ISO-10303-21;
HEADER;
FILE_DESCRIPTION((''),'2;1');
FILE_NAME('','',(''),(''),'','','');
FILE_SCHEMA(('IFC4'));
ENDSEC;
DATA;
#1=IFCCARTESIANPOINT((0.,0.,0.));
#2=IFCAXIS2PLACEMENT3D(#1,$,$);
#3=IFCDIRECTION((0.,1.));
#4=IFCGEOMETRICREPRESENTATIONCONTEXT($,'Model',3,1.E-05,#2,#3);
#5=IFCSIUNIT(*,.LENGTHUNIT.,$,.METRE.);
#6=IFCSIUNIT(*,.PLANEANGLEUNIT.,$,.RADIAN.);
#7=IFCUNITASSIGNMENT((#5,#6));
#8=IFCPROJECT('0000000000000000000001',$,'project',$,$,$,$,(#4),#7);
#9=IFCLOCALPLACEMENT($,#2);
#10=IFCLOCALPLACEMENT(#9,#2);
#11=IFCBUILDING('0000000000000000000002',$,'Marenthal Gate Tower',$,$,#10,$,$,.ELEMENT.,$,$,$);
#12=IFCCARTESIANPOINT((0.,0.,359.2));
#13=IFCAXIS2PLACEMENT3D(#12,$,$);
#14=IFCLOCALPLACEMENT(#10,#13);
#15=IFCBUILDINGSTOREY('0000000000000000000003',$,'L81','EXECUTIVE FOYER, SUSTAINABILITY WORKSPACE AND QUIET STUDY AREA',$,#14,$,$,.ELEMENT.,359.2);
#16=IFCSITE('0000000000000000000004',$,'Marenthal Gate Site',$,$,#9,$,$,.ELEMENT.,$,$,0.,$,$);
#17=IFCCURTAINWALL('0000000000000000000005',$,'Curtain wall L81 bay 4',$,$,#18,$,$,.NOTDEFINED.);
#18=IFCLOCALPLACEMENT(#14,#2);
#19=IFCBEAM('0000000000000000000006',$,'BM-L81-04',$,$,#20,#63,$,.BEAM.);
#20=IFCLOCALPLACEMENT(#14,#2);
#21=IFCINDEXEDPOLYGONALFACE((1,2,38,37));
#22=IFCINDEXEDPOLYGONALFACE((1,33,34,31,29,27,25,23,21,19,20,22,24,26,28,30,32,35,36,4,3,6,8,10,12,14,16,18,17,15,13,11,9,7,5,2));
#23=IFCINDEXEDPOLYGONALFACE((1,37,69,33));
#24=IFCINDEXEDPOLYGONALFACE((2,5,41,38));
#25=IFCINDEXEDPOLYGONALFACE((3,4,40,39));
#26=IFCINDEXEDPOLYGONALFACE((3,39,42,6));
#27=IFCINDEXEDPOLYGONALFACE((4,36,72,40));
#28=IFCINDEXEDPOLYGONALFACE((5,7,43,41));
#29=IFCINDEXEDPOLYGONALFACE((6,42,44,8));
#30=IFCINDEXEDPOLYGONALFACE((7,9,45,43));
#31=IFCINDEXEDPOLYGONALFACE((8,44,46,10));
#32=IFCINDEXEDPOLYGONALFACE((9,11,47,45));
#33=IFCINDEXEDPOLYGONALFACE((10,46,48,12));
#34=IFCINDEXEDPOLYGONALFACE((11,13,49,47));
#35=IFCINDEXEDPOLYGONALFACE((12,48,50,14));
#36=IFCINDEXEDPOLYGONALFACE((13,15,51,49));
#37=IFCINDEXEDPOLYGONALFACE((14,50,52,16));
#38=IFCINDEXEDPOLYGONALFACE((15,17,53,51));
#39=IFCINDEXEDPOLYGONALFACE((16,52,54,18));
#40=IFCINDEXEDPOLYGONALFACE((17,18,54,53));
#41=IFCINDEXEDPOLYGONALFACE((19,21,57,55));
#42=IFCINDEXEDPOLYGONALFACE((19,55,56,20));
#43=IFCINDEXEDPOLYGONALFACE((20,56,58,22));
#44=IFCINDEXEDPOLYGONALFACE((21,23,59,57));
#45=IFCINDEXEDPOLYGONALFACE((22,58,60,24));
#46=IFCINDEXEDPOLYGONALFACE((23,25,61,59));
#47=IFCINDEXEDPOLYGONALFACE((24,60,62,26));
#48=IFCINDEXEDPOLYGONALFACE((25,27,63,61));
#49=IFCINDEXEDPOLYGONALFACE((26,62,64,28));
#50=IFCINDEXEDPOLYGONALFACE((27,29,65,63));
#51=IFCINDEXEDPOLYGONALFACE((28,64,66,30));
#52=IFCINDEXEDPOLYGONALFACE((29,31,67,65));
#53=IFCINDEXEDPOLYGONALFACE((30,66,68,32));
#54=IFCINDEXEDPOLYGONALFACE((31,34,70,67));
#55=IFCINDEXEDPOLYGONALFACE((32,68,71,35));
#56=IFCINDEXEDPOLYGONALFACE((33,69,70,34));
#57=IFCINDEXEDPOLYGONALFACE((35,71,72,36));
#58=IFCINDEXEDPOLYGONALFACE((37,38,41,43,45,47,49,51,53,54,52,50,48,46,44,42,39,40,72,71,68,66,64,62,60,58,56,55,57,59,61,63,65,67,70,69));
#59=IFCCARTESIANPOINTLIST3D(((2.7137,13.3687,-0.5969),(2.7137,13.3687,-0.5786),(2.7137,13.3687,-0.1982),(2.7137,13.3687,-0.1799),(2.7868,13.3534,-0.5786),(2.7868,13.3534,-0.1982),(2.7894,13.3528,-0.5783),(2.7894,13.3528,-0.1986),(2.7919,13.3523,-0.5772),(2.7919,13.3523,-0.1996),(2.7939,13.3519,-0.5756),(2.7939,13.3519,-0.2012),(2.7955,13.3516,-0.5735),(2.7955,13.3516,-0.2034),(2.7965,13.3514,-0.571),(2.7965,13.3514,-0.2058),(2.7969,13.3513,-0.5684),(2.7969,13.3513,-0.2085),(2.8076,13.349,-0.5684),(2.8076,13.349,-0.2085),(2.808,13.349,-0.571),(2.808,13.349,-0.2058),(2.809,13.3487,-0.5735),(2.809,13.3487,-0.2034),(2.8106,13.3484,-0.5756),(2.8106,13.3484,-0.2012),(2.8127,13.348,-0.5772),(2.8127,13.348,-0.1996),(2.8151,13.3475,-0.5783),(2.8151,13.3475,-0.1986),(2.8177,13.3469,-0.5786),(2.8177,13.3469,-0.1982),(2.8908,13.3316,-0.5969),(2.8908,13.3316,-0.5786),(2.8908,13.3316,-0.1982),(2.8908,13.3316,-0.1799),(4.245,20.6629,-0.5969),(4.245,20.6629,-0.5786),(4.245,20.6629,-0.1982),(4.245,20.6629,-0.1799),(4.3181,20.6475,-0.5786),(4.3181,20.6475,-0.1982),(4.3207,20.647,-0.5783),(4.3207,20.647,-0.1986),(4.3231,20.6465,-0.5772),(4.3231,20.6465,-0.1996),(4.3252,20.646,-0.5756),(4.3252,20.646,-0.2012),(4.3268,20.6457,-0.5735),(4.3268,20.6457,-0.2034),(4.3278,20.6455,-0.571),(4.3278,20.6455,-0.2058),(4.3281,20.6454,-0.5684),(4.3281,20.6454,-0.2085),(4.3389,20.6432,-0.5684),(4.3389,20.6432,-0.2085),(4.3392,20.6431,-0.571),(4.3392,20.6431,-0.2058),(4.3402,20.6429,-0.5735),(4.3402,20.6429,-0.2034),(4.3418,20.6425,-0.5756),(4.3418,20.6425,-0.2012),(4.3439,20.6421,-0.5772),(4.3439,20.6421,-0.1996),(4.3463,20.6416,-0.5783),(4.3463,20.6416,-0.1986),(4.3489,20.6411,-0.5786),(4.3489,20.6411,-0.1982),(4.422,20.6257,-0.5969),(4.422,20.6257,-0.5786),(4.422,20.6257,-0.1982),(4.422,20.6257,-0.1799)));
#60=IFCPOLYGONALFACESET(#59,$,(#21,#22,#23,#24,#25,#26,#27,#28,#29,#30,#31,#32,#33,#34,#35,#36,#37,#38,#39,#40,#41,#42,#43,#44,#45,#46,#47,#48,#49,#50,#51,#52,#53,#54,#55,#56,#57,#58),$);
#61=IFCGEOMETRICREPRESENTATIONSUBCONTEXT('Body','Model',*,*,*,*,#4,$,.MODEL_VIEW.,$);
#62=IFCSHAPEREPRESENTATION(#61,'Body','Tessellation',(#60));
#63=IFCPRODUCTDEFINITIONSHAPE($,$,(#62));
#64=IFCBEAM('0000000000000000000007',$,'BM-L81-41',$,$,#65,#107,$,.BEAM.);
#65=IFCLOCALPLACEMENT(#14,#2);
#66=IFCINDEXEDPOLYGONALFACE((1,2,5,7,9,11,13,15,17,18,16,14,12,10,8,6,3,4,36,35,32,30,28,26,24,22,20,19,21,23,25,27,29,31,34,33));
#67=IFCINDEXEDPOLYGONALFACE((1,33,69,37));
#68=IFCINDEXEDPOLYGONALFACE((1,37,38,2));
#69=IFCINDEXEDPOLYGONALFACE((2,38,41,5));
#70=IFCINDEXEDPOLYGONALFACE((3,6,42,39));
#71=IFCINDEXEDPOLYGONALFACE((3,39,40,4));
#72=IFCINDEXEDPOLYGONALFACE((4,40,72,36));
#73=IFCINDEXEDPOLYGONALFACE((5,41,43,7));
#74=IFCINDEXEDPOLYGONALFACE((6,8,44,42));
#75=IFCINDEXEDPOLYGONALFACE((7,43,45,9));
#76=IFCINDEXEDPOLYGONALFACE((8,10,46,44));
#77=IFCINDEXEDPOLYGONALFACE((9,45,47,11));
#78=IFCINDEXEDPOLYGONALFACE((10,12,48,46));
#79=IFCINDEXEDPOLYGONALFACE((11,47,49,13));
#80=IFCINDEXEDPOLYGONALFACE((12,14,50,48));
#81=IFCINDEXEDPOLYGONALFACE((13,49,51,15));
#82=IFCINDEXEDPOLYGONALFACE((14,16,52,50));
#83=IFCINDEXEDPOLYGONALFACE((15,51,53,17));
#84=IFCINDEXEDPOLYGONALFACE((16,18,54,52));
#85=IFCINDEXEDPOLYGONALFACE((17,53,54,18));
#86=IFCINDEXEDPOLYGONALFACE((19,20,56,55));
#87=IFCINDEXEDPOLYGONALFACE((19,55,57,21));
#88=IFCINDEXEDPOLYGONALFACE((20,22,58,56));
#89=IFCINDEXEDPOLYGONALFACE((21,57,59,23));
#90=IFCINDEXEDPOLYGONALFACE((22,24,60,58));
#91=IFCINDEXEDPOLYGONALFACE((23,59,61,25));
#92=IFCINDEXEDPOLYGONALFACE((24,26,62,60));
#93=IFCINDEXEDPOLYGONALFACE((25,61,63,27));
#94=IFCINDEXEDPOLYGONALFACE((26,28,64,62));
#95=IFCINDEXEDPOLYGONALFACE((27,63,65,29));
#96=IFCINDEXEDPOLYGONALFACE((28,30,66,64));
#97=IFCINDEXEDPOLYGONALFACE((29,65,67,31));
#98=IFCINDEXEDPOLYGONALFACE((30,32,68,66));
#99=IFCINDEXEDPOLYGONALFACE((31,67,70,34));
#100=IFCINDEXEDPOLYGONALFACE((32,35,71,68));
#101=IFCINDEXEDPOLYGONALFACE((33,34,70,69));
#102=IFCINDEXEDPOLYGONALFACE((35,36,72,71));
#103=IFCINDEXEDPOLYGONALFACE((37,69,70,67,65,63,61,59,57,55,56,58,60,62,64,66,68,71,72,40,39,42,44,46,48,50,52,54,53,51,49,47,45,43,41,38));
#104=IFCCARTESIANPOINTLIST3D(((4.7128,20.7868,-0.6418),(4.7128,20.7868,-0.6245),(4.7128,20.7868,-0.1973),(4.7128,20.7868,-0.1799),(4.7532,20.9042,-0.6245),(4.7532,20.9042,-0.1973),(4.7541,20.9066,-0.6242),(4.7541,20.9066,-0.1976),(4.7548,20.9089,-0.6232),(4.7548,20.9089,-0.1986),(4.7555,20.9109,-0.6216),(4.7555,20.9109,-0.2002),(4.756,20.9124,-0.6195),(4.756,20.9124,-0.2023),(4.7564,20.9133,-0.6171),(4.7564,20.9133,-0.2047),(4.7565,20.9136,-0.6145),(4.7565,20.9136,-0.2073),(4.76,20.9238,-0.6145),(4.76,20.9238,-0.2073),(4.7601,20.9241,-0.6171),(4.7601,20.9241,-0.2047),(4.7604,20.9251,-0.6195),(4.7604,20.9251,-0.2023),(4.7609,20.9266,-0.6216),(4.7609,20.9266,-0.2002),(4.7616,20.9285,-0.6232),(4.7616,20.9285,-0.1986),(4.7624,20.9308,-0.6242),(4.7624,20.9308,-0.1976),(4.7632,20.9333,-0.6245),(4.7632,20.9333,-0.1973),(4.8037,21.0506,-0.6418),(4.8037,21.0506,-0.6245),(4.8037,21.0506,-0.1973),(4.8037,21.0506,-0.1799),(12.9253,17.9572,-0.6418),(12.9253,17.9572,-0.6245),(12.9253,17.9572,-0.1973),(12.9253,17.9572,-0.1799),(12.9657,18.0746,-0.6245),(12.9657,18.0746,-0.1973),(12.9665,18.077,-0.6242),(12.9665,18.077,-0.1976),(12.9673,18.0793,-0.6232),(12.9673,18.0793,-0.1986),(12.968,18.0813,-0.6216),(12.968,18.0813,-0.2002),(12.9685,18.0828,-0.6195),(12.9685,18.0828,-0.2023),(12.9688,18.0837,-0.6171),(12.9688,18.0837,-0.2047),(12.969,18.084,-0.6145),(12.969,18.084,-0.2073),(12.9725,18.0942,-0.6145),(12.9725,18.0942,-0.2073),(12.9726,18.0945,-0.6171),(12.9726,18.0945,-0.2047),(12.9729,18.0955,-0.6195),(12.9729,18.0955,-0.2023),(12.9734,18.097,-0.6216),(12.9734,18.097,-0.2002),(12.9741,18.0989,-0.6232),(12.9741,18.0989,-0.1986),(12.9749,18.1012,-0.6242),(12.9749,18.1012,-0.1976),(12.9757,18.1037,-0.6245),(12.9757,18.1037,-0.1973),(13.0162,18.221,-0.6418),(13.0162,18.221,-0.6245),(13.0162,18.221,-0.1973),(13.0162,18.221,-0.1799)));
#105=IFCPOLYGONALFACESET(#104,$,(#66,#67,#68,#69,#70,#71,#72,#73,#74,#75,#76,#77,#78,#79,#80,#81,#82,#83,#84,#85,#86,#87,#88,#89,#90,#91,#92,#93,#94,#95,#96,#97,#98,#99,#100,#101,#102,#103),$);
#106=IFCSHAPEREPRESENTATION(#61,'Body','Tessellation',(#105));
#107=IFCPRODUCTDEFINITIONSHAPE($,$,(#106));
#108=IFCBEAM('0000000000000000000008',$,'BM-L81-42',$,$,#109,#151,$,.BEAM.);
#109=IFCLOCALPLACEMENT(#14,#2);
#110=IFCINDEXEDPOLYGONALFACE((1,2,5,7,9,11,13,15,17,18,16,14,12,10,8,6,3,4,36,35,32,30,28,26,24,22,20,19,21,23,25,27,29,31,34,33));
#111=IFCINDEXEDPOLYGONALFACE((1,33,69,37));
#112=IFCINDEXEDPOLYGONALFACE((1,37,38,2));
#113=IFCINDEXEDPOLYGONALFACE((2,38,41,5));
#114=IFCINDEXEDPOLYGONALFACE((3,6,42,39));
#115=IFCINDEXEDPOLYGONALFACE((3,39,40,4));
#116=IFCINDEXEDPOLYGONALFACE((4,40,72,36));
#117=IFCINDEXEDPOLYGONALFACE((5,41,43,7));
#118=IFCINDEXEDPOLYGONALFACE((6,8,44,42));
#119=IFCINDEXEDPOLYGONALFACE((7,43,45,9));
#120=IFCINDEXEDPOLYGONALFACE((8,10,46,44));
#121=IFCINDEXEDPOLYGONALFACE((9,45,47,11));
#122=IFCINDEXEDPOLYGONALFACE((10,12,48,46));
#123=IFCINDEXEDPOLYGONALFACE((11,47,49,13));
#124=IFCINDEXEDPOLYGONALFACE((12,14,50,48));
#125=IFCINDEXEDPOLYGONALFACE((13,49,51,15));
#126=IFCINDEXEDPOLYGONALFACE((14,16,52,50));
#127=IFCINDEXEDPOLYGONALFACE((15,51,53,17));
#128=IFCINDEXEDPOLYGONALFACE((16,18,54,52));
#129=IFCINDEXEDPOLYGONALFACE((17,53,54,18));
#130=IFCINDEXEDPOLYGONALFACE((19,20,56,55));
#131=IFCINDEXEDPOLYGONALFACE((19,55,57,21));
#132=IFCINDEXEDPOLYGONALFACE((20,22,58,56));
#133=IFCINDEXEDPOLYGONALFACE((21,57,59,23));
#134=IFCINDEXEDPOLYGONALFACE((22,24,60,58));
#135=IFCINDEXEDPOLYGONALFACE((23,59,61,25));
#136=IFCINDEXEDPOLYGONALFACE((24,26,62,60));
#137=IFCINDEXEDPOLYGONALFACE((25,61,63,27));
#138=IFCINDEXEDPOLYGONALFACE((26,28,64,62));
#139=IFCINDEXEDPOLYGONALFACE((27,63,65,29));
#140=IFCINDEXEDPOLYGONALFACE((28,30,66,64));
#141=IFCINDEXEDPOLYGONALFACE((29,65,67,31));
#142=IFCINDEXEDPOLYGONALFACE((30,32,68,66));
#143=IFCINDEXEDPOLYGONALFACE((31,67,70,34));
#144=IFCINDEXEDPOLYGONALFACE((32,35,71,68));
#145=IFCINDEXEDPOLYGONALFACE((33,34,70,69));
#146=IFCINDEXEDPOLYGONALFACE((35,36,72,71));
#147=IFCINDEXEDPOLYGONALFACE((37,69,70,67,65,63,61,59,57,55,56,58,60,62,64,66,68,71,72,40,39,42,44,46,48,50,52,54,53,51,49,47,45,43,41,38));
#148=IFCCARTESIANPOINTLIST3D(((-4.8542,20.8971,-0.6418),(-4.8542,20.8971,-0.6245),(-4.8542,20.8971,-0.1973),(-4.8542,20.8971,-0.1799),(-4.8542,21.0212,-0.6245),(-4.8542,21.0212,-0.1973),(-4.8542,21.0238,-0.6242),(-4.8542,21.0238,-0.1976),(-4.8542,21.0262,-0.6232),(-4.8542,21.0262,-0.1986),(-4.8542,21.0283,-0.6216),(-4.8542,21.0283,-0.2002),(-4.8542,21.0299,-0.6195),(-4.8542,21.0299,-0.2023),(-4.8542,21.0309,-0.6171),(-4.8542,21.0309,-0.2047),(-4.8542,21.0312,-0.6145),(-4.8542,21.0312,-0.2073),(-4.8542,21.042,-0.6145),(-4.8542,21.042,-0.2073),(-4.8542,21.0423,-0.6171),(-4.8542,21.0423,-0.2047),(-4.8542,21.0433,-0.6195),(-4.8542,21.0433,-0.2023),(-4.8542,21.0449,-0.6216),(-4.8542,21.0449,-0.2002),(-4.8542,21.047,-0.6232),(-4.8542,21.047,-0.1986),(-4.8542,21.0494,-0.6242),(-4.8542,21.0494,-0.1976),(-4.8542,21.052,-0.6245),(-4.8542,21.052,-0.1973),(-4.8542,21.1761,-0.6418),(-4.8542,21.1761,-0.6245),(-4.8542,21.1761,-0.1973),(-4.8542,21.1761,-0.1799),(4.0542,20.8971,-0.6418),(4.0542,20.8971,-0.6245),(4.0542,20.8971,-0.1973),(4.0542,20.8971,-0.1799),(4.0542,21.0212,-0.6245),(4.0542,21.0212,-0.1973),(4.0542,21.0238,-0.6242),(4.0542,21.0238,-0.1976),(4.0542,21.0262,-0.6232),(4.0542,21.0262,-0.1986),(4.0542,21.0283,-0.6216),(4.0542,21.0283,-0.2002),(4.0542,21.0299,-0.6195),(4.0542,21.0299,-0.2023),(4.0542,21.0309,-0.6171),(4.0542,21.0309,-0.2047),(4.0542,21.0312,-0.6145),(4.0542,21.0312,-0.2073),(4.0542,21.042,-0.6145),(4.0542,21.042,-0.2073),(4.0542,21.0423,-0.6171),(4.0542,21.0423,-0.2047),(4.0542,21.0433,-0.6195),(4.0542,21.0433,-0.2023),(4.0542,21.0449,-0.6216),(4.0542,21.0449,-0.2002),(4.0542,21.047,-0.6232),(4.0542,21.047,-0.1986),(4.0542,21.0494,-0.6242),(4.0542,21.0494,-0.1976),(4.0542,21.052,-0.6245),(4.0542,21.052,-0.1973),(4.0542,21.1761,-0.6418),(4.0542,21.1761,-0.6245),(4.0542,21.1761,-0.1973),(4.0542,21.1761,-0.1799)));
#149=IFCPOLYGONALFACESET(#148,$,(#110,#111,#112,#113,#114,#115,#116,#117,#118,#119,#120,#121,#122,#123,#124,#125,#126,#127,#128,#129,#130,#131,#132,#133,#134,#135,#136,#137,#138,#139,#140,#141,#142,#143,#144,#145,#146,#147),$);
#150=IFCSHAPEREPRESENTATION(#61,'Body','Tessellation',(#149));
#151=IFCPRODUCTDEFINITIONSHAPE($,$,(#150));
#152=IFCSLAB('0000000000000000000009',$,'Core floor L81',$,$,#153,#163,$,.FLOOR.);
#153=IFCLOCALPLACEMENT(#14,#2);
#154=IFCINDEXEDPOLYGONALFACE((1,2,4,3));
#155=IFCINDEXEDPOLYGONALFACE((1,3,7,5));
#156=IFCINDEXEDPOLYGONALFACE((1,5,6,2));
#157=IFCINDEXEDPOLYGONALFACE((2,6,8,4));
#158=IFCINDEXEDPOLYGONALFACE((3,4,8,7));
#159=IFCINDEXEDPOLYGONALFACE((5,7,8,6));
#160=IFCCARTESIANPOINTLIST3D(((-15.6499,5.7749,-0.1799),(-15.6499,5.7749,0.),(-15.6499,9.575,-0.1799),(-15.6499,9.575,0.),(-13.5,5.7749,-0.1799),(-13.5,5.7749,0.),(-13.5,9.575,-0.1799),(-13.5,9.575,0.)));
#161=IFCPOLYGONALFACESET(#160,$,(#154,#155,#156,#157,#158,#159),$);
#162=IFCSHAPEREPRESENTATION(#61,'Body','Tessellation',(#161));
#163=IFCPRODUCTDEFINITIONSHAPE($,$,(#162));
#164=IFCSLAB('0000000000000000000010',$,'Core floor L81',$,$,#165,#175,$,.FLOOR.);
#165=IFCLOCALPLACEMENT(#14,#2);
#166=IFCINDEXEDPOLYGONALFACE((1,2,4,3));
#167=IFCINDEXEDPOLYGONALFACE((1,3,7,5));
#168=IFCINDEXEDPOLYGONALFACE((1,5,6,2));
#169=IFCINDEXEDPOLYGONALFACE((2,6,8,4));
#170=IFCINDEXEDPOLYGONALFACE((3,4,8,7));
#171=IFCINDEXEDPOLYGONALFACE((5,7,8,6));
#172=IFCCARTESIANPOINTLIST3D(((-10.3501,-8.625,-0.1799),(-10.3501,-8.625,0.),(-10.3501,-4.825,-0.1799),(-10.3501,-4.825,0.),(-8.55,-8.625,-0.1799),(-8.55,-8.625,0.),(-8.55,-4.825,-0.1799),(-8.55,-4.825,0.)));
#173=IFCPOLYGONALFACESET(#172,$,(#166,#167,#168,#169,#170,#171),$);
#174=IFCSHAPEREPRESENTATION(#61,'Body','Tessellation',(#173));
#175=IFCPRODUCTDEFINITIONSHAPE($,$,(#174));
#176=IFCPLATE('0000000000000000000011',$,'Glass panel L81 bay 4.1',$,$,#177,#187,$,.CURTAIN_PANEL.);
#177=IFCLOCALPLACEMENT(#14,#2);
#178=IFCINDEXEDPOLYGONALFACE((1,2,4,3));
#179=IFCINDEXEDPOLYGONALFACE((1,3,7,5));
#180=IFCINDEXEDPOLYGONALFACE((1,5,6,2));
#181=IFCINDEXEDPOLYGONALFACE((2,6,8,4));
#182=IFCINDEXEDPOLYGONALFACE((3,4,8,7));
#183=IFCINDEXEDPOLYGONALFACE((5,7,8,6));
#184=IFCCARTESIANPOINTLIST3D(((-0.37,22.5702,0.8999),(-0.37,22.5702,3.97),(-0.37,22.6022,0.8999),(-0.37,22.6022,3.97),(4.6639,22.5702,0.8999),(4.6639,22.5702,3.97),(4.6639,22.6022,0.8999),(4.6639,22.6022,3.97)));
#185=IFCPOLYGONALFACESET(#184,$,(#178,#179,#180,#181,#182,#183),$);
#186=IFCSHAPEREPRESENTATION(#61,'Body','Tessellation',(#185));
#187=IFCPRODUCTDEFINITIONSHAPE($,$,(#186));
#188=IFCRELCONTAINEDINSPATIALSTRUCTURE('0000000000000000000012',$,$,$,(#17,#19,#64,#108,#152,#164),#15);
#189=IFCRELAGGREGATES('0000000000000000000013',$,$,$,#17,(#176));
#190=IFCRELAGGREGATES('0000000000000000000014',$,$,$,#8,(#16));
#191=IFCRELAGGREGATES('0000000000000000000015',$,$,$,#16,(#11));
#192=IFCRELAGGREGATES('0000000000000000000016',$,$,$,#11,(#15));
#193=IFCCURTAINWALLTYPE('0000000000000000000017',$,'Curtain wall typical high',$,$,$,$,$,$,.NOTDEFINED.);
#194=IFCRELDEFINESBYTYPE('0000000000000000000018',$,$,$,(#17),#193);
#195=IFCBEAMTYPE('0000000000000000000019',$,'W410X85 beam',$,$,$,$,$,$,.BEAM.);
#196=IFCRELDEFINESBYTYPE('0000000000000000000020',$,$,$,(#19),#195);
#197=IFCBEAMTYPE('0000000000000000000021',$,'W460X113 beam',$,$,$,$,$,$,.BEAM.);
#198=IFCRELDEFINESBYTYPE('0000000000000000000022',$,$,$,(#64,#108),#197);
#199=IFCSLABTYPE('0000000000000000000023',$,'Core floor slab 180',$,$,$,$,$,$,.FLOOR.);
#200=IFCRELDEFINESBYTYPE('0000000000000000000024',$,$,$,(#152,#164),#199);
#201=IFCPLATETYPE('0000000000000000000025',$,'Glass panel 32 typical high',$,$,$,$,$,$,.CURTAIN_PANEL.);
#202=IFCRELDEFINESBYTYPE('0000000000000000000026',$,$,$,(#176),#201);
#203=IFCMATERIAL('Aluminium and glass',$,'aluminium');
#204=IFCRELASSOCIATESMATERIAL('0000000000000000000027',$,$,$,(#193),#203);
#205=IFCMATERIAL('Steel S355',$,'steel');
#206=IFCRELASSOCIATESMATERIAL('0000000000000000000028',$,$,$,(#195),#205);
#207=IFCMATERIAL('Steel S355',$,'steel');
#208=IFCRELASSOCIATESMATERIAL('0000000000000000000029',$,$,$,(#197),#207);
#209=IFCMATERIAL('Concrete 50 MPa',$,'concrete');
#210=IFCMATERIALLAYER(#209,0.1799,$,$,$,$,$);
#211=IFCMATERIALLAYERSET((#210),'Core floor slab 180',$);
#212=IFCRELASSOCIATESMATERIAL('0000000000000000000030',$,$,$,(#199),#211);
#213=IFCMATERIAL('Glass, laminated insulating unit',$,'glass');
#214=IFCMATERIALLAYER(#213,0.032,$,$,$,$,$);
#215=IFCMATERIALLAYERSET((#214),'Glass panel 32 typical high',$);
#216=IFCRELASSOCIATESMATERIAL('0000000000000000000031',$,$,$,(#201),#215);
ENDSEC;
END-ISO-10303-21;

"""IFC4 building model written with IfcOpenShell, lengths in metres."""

from ifc_helpers import new_model, si_unit, direction, frame, origin, origin_2d, place, context, subcontext, project, spatial, polyline, rectangle, i_section, outline, extrude, material, layer, layer_set, material_profile, profile_set, type_object, element, aggregate, save


model = new_model("IFC4")

# Units and contexts
model_context = context("Model", 3, precision=1e-05, world=origin(), true_north=direction((0.0, 1.0)))
body_context = subcontext(model_context, "Body", "Model", "MODEL_VIEW")
ifc_project = project(units=[si_unit("LENGTHUNIT", "METRE"), si_unit("PLANEANGLEUNIT", "RADIAN")], contexts=[model_context])

# Site, building, storey
site_placement = place(None, origin())
site = spatial("IfcSite", under=ifc_project, at=site_placement, Name="Marenthal Gate Site", CompositionType="ELEMENT", RefElevation=0.0)
building_placement = place(site_placement, origin())
building = spatial("IfcBuilding", under=site, at=building_placement, Name="Marenthal Gate Tower", CompositionType="ELEMENT")
storey_placement = place(building_placement, frame((0.0, 0.0, 359.2)))
storey = spatial("IfcBuildingStorey", under=building, at=storey_placement, Name="L81", Description="EXECUTIVE FOYER, SUSTAINABILITY WORKSPACE AND QUIET STUDY AREA", CompositionType="ELEMENT", Elevation=359.2)

# Curtain wall
ifc_material_1 = material(Name="Aluminium and glass", Category="aluminium")
curtain_wall_type = type_object("IfcCurtainWallType", Name="Curtain wall typical high", PredefinedType="NOTDEFINED", material=ifc_material_1)
curtain_wall_placement = place(storey_placement, origin())
curtain_wall = element("IfcCurtainWall", 1, at=curtain_wall_placement, inside=storey, type_object=curtain_wall_type, Name="Curtain wall L81 bay 4", PredefinedType="NOTDEFINED")

# Beams
ifc_material_2 = material(Name="Steel S355", Category="steel")
ifc_material_profile_1 = material_profile(ifc_material_2, i_section(OverallWidth=0.1809, OverallDepth=0.417, WebThickness=0.011, FlangeThickness=0.0183, FilletRadius=0.0103, at=origin_2d()), Name="W410X85")
ifc_profile_set_1 = profile_set([ifc_material_profile_1], Name="Steel S355")
beam_type_1 = type_object("IfcBeamType", Name="W410X85 beam", PredefinedType="BEAM", material=ifc_profile_set_1)
beam_1_placement = place(storey_placement, frame((4.3335, 20.6443, -0.3884), z_axis=(-0.205449, -0.978668, 0.0), x_axis=(0.978668, -0.205449, 0.0)))
element("IfcBeam", 2, at=beam_1_placement, inside=storey, type_object=beam_type_1, Name="BM-L81-04", PredefinedType="BEAM", context=body_context, shape_type="SweptSolid", body=[
    extrude(i_section(OverallWidth=0.1809, OverallDepth=0.417, WebThickness=0.011, FlangeThickness=0.0183, FilletRadius=0.0103, at=origin_2d()), origin(), (0.0, 0.0, 1.0), 7.4531),
])
ifc_material_3 = material(Name="Steel S355", Category="steel")
ifc_material_profile_2 = material_profile(ifc_material_3, i_section(OverallWidth=0.2791, OverallDepth=0.4619, WebThickness=0.0107, FlangeThickness=0.0173, FilletRadius=0.01, at=origin_2d()), Name="W460X113")
ifc_profile_set_2 = profile_set([ifc_material_profile_2], Name="Steel S355")
beam_type_2 = type_object("IfcBeamType", Name="W460X113 beam", PredefinedType="BEAM", material=ifc_profile_set_2)
beam_2_placement = place(storey_placement, frame((12.9707, 18.0891, -0.4109), z_axis=(-0.945454, 0.325757, 0.0), x_axis=(-0.325757, -0.945454, 0.0)))
element("IfcBeam", 3, at=beam_2_placement, inside=storey, type_object=beam_type_2, Name="BM-L81-41", PredefinedType="BEAM", context=body_context, shape_type="SweptSolid", body=[
    extrude(i_section(OverallWidth=0.2791, OverallDepth=0.4619, WebThickness=0.0107, FlangeThickness=0.0173, FilletRadius=0.01, at=origin_2d()), origin(), (0.0, 0.0, 1.0), 8.6863),
])
beam_3_placement = place(storey_placement, frame((4.0542, 21.0366, -0.4109), z_axis=(-1.0, 0.0, 0.0), x_axis=(0.0, -1.0, 0.0)))
element("IfcBeam", 4, at=beam_3_placement, inside=storey, type_object=beam_type_2, Name="BM-L81-42", PredefinedType="BEAM", context=body_context, shape_type="SweptSolid", body=[
    extrude(i_section(OverallWidth=0.2791, OverallDepth=0.4619, WebThickness=0.0107, FlangeThickness=0.0173, FilletRadius=0.01, at=origin_2d()), origin(), (0.0, 0.0, 1.0), 8.9084),
])

# Slabs
ifc_material_4 = material(Name="Concrete 50 MPa", Category="concrete")
ifc_layer_1 = layer(ifc_material_4, 0.1799)
ifc_layer_set_1 = layer_set([ifc_layer_1], Name="Core floor slab 180")
slab_type_1 = type_object("IfcSlabType", Name="Core floor slab 180", PredefinedType="FLOOR", material=ifc_layer_set_1)
slab_1_placement = place(storey_placement, frame((0.0, 0.0, -0.1799)))
element("IfcSlab", 5, at=slab_1_placement, inside=storey, type_object=slab_type_1, Name="Core floor L81", PredefinedType="FLOOR", context=body_context, shape_type="SweptSolid", body=[
    extrude(outline(polyline([(-15.6499, 9.575), (-13.5, 9.575), (-13.5, 5.7749), (-15.6499, 5.7749), (-15.6499, 9.575)])), origin(), (0.0, 0.0, 1.0), 0.1799),
])
slab_2_placement = place(storey_placement, frame((0.0, 0.0, -0.1799)))
element("IfcSlab", 6, at=slab_2_placement, inside=storey, type_object=slab_type_1, Name="Core floor L81", PredefinedType="FLOOR", context=body_context, shape_type="SweptSolid", body=[
    extrude(outline(polyline([(-8.55, -4.825), (-8.55, -8.625), (-10.3501, -8.625), (-10.3501, -4.825), (-8.55, -4.825)])), origin(), (0.0, 0.0, 1.0), 0.1799),
])

# Plate
ifc_material_5 = material(Name="Glass, laminated insulating unit", Category="glass")
ifc_layer_2 = layer(ifc_material_5, 0.032)
ifc_layer_set_2 = layer_set([ifc_layer_2], Name="Glass panel 32 typical high")
plate_type = type_object("IfcPlateType", Name="Glass panel 32 typical high", PredefinedType="CURTAIN_PANEL", material=ifc_layer_set_2)
plate_placement = place(storey_placement, frame((2.147, 22.5862, 0.8999), z_axis=(0.0, 0.0, 1.0), x_axis=(-1.0, 0.0, 0.0)))
plate = element("IfcPlate", 7, at=plate_placement, type_object=plate_type, Name="Glass panel L81 bay 4.1", PredefinedType="CURTAIN_PANEL", context=body_context, shape_type="SweptSolid", body=[
    extrude(rectangle(XDim=5.0339, YDim=0.032, at=origin_2d()), origin(), (0.0, 0.0, 1.0), 3.0701),
])
aggregate(curtain_wall, [plate])

save(model, "model.ifc")
